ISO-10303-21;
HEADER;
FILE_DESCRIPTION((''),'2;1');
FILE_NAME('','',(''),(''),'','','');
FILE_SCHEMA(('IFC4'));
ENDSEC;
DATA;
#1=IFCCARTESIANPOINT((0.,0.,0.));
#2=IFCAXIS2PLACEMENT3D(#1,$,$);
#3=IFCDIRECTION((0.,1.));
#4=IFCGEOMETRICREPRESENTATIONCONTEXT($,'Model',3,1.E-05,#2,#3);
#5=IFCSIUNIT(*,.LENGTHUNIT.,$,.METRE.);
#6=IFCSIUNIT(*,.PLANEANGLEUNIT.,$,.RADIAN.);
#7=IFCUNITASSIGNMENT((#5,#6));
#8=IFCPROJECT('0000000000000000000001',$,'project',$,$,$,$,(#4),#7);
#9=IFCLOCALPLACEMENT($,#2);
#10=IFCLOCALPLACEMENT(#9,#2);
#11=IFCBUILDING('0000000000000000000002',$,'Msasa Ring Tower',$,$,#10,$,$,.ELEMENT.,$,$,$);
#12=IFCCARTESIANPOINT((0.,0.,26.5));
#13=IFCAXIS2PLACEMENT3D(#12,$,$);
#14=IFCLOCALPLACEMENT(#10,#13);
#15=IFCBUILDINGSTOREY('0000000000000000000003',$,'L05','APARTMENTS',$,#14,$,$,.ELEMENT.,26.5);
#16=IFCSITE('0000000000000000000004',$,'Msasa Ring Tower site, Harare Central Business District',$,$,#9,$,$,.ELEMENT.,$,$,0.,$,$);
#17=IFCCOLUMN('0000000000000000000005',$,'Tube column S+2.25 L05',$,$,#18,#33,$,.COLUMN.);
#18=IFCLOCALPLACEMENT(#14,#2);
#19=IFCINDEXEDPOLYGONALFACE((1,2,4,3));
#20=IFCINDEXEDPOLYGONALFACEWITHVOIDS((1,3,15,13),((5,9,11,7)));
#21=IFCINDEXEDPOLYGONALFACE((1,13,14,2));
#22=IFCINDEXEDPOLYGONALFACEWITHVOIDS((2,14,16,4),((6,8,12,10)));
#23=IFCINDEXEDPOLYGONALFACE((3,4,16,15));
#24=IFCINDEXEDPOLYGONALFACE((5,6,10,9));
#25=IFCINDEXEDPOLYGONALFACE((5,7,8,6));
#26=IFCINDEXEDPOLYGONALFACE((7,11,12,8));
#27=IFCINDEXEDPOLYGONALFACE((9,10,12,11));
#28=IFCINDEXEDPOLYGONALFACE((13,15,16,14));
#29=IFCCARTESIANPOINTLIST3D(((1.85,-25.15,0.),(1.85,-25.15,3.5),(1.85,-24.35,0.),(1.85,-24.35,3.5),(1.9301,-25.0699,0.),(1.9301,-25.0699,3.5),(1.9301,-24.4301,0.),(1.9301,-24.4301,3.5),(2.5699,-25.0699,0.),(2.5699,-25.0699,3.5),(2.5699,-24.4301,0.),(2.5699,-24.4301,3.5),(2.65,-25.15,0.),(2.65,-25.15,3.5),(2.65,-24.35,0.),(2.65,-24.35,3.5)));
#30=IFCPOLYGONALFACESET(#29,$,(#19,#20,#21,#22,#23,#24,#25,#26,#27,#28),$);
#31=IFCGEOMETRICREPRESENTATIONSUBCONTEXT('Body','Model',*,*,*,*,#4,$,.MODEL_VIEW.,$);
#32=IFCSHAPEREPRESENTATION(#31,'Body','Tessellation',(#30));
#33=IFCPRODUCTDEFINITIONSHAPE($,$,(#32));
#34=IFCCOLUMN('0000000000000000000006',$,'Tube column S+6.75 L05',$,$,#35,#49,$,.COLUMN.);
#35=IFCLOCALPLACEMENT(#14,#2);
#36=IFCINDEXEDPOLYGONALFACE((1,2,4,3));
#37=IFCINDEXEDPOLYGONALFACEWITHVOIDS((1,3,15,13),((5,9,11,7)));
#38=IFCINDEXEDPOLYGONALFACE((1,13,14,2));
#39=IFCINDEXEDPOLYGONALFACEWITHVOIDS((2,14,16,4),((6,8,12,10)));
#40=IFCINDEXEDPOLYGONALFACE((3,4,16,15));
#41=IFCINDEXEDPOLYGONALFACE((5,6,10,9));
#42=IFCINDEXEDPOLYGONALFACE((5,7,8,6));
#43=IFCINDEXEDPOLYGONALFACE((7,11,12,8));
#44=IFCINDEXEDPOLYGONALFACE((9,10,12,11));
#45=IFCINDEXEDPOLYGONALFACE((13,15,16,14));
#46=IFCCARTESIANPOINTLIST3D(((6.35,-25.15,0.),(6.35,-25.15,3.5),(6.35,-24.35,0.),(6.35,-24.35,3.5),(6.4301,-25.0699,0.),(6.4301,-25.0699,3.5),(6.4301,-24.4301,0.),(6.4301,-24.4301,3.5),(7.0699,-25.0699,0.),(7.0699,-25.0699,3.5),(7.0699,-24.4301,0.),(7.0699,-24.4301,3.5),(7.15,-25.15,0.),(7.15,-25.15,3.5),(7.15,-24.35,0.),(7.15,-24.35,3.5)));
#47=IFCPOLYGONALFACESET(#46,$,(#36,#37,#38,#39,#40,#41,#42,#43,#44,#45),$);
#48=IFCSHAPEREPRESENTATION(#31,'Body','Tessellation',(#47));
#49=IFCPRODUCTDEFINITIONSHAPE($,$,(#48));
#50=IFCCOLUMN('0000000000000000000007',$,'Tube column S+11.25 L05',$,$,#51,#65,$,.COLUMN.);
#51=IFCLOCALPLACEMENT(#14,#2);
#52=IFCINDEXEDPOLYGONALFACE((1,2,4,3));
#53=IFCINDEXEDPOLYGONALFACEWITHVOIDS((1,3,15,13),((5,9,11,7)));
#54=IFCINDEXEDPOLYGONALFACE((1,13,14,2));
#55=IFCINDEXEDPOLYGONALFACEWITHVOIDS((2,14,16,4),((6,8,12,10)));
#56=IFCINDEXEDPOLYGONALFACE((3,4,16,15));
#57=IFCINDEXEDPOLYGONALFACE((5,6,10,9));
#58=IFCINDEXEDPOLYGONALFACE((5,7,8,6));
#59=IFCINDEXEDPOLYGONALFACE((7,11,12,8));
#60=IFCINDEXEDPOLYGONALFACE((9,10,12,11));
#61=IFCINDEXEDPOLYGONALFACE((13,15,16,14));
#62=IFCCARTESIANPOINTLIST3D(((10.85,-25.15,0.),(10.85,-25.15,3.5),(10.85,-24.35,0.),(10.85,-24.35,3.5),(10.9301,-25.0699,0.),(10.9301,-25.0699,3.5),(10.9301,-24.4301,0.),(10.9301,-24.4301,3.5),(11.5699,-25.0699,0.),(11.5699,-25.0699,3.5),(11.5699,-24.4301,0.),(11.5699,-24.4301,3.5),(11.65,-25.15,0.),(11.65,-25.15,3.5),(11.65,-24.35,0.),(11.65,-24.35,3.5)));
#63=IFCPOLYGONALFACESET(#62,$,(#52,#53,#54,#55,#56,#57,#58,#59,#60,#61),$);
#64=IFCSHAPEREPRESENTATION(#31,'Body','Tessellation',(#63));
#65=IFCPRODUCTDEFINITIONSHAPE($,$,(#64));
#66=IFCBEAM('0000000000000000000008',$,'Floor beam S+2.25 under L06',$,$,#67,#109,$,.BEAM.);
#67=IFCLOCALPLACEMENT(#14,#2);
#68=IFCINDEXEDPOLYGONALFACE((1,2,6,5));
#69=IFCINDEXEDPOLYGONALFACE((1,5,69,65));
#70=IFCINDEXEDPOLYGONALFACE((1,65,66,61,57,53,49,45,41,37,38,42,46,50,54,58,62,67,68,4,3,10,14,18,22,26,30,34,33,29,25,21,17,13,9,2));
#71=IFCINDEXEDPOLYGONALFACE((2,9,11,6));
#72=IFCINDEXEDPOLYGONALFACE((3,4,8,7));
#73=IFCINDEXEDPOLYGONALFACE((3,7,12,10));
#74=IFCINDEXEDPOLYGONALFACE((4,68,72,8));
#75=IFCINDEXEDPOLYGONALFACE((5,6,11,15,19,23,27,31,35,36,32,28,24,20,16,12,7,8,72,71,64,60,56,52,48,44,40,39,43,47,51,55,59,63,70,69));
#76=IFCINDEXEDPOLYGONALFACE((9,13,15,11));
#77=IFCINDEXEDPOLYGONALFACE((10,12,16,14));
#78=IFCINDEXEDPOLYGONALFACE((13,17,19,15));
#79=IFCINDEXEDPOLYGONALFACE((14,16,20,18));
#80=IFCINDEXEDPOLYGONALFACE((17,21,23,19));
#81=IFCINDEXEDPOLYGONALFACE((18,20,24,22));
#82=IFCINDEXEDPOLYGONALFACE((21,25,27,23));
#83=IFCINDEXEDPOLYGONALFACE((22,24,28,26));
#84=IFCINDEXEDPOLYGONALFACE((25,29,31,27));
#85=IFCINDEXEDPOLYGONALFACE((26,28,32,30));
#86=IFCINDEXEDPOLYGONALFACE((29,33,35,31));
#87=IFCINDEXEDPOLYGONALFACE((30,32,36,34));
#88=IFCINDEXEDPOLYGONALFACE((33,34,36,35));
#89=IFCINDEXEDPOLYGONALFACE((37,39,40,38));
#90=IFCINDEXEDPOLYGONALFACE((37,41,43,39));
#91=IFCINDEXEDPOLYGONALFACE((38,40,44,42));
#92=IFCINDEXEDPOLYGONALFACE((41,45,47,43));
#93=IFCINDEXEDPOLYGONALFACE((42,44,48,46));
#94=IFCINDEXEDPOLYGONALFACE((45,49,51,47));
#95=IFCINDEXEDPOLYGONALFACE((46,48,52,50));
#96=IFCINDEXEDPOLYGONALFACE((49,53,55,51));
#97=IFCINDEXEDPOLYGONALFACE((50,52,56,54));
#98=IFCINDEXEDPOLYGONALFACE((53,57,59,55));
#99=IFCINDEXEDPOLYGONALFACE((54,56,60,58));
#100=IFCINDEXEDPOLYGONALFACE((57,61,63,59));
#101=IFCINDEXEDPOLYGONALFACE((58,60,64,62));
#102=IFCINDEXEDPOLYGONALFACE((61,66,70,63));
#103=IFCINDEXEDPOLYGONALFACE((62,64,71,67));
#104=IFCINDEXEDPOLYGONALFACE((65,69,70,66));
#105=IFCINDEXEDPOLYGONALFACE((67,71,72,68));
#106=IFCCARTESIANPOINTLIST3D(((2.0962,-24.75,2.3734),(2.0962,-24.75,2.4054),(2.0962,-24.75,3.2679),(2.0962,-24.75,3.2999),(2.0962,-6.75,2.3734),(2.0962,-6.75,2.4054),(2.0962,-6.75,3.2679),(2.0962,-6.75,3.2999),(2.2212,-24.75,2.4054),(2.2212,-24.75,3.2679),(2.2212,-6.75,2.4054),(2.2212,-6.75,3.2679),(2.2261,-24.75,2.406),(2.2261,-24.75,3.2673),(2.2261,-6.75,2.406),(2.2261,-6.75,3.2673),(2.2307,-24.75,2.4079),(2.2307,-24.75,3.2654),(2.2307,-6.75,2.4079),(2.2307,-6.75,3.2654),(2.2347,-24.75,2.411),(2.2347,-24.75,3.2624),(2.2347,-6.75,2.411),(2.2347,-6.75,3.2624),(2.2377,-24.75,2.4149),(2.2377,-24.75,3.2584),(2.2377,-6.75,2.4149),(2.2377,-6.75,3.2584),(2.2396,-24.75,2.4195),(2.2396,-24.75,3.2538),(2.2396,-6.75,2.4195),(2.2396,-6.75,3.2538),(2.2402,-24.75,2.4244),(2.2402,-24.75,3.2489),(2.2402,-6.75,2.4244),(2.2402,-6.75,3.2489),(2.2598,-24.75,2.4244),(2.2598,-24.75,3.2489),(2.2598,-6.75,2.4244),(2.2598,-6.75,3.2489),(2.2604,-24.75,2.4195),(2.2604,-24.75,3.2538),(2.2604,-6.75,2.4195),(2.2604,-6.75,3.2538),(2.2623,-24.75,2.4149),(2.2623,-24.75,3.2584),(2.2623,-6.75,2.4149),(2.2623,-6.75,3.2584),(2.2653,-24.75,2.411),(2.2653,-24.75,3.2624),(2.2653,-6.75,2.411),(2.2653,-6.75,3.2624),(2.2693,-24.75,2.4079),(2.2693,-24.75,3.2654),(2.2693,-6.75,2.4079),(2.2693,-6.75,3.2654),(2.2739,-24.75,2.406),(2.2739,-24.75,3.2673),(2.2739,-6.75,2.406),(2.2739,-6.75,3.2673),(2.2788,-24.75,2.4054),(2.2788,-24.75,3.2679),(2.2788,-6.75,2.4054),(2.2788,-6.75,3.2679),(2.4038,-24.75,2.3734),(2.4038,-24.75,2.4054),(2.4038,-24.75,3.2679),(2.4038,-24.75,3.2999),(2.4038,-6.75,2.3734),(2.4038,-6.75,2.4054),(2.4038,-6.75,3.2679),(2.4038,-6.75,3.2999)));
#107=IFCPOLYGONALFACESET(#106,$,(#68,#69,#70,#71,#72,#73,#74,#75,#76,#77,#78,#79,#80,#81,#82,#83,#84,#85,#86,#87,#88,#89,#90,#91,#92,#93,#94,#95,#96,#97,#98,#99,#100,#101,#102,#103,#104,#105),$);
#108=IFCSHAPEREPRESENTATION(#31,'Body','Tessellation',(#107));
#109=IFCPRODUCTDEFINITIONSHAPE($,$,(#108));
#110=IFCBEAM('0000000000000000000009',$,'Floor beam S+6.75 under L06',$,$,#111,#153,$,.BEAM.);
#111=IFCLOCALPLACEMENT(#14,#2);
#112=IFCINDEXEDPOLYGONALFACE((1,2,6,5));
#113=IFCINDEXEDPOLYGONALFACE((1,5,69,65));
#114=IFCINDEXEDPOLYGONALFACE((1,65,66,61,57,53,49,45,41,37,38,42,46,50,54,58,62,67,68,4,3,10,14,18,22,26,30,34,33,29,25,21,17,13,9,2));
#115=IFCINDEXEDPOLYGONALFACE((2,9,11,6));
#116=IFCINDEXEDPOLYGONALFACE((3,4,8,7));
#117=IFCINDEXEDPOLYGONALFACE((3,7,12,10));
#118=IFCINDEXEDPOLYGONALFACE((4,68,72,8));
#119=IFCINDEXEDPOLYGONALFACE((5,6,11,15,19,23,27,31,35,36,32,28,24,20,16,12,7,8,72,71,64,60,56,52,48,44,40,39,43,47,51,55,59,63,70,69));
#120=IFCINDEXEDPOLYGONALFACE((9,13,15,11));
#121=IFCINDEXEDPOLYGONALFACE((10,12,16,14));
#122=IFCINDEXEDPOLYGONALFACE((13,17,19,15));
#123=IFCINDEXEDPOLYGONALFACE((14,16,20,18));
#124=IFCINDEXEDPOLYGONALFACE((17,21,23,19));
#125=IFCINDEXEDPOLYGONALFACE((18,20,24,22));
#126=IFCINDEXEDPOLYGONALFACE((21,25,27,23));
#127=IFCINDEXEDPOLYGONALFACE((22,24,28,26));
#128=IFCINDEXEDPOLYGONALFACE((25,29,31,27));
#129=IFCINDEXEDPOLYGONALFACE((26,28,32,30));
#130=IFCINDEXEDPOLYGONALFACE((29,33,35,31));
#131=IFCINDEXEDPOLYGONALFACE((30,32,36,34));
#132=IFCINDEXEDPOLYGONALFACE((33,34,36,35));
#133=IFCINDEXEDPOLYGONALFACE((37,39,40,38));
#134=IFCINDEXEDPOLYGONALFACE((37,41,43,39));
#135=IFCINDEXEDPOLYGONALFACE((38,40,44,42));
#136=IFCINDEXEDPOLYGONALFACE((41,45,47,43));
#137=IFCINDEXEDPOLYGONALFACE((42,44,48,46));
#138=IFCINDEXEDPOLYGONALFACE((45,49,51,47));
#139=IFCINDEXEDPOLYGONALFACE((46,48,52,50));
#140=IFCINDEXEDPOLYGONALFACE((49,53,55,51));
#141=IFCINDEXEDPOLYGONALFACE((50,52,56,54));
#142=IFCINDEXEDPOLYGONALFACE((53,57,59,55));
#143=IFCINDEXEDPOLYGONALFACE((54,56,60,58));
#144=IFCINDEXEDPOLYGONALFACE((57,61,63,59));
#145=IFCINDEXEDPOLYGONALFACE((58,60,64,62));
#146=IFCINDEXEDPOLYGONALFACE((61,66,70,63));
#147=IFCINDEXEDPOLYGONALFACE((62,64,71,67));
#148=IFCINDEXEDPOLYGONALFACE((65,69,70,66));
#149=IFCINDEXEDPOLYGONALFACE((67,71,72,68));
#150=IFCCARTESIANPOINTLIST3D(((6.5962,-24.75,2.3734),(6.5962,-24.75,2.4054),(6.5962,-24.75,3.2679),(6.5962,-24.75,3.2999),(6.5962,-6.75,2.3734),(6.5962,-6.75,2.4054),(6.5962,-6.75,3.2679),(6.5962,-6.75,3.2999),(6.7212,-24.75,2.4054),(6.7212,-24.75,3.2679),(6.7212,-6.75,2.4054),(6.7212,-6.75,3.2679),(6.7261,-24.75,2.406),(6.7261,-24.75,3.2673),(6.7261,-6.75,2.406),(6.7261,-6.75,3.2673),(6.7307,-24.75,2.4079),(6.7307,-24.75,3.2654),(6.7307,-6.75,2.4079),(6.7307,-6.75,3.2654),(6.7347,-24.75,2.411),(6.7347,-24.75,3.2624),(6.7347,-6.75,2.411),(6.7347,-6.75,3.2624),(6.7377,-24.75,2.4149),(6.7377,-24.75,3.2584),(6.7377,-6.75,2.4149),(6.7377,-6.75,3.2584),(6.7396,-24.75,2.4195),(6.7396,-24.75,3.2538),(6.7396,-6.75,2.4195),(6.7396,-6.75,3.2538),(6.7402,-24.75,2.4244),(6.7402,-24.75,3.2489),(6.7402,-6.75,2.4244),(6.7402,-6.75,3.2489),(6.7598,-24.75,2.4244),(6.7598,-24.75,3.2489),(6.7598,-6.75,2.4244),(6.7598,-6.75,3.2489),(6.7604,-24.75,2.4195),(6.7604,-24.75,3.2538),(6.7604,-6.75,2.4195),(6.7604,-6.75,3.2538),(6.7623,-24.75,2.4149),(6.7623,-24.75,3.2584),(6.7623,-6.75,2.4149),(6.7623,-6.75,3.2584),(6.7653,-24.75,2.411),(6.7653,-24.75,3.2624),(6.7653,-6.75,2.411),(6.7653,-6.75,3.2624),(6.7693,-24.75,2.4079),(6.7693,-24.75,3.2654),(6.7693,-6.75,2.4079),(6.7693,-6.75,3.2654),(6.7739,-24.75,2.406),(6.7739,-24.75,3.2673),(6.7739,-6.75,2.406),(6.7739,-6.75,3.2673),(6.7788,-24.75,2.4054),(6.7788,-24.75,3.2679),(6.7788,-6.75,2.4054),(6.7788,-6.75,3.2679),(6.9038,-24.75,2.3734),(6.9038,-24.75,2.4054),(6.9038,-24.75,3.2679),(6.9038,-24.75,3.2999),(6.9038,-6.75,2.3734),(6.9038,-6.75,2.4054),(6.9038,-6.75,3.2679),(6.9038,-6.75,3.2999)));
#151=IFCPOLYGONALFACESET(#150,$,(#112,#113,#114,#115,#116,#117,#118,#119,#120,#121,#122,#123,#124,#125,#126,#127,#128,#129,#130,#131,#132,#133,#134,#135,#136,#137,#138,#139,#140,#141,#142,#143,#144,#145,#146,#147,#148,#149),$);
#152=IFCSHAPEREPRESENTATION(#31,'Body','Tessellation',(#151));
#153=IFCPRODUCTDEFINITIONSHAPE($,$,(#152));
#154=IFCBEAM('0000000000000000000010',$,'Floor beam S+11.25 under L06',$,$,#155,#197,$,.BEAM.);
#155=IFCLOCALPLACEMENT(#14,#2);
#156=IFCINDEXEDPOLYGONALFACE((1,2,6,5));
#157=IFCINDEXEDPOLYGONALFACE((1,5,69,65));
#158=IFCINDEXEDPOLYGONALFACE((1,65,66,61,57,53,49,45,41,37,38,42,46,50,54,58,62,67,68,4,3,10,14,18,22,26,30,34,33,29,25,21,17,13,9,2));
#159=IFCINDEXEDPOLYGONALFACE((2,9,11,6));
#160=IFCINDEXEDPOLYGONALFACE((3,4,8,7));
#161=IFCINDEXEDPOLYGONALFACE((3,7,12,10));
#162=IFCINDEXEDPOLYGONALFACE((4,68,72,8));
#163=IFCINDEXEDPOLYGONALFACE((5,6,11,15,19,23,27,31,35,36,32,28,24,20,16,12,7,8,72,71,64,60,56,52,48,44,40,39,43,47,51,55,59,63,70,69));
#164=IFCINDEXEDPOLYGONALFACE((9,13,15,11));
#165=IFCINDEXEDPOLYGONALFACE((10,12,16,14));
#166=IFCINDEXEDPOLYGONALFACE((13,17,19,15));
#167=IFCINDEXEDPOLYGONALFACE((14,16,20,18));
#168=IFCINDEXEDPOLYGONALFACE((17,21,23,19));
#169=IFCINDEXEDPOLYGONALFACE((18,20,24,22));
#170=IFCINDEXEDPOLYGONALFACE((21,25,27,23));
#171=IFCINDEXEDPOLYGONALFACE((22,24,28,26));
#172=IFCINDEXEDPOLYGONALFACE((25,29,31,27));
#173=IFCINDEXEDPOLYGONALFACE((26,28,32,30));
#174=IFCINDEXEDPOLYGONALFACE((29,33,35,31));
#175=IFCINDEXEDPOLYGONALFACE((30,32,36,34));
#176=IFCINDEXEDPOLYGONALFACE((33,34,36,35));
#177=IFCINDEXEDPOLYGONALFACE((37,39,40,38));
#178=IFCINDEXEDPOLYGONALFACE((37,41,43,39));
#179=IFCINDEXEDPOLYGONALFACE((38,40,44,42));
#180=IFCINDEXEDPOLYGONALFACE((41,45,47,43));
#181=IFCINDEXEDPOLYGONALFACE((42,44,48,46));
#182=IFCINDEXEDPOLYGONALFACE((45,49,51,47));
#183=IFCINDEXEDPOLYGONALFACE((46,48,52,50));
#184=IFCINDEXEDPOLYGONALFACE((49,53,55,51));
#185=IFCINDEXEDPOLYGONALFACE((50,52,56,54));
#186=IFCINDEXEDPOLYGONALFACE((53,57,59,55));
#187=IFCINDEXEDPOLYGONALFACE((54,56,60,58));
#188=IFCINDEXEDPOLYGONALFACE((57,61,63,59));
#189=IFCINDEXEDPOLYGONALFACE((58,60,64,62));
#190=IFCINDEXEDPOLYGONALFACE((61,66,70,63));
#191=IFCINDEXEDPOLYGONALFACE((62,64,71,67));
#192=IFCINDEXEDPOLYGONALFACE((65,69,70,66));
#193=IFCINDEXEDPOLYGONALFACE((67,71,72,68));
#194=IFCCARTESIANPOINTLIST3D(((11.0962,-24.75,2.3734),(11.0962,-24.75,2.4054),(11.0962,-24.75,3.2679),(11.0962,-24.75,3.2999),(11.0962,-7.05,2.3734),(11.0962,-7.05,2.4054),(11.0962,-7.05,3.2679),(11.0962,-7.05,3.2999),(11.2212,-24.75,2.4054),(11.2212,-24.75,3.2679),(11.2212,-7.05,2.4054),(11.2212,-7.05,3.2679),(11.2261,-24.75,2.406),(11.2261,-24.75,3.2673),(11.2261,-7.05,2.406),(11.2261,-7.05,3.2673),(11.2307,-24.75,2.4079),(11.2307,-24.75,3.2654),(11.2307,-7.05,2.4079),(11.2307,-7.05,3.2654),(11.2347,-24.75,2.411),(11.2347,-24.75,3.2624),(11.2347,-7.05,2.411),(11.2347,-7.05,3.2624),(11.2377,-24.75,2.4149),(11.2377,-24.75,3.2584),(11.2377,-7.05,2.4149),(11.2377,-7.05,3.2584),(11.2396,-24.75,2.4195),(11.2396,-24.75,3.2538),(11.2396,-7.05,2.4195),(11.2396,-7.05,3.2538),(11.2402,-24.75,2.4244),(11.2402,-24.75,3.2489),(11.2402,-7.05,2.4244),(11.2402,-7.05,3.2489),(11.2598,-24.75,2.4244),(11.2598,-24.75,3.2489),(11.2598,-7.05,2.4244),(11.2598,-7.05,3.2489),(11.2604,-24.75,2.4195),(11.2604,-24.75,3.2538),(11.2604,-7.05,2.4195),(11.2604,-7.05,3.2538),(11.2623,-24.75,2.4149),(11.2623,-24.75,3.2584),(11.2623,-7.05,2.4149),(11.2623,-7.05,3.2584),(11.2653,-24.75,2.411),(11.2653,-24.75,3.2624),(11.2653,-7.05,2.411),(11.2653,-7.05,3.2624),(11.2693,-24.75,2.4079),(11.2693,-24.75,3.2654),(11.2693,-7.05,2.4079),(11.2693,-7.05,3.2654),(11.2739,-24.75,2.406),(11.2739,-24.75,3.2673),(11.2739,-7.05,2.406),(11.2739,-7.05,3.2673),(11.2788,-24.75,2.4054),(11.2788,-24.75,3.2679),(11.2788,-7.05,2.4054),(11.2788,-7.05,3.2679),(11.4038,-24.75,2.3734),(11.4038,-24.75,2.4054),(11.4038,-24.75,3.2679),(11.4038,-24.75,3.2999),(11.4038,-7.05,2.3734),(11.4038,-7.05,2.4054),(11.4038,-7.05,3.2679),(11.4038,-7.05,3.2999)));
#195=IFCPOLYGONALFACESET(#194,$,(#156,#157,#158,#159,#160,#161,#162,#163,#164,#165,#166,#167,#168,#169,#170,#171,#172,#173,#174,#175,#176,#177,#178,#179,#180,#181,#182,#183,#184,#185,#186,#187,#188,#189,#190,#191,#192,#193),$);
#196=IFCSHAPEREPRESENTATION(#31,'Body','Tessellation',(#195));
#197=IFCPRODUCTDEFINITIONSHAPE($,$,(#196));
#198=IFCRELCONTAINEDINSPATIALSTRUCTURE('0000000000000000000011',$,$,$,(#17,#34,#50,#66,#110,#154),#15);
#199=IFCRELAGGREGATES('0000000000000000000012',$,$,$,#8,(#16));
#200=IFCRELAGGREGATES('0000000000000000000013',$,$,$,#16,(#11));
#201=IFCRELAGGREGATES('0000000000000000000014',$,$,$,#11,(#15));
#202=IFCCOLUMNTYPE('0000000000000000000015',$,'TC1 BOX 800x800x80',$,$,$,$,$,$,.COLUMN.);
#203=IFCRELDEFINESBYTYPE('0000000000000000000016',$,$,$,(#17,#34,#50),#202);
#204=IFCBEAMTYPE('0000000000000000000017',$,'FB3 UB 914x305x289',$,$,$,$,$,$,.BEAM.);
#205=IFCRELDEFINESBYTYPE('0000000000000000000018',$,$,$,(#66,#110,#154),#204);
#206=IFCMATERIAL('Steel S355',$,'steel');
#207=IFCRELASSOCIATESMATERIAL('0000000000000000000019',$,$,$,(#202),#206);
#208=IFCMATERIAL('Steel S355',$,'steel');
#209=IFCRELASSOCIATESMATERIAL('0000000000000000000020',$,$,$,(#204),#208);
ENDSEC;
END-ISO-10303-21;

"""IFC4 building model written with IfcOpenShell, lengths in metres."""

from ifc_helpers import new_model, si_unit, direction, frame, origin, origin_2d, place, context, subcontext, project, spatial, hollow_rectangle, i_section, extrude, material, material_profile, profile_set, type_object, element, save


model = new_model("IFC4")

# Units and contexts
model_context = context("Model", 3, precision=1e-05, world=origin(), true_north=direction((0.0, 1.0)))
body_context = subcontext(model_context, "Body", "Model", "MODEL_VIEW")
ifc_project = project(units=[si_unit("LENGTHUNIT", "METRE"), si_unit("PLANEANGLEUNIT", "RADIAN")], contexts=[model_context])

# Site, building, storey
site_placement = place(None, origin())
site = spatial("IfcSite", under=ifc_project, at=site_placement, Name="Msasa Ring Tower site, Harare Central Business District", CompositionType="ELEMENT", RefElevation=0.0)
building_placement = place(site_placement, origin())
building = spatial("IfcBuilding", under=site, at=building_placement, Name="Msasa Ring Tower", CompositionType="ELEMENT")
storey_placement = place(building_placement, frame((0.0, 0.0, 26.5)))
storey = spatial("IfcBuildingStorey", under=building, at=storey_placement, Name="L05", Description="APARTMENTS", CompositionType="ELEMENT", Elevation=26.5)

# Columns
ifc_material_1 = material(Name="Steel S355", Category="steel")
ifc_material_profile_1 = material_profile(ifc_material_1, hollow_rectangle(XDim=0.8, YDim=0.8, WallThickness=0.0801, at=origin_2d()), Name="BOX 800x800x80")
ifc_profile_set_1 = profile_set([ifc_material_profile_1], Name="Steel S355")
column_type = type_object("IfcColumnType", Name="TC1 BOX 800x800x80", PredefinedType="COLUMN", material=ifc_profile_set_1)
for number, where, z_axis, x_axis, name in (
    (1, (2.25, -24.75, 0.0), (0.0, 0.0, 1.0), (0.0, 1.0, 0.0), "Tube column S+2.25 L05"),
    (2, (6.75, -24.75, 0.0), (0.0, 0.0, 1.0), (0.0, 1.0, 0.0), "Tube column S+6.75 L05"),
    (3, (11.25, -24.75, 0.0), (0.0, 0.0, 1.0), (0.0, 1.0, 0.0), "Tube column S+11.25 L05"),
):
    element("IfcColumn", number, at=place(storey_placement, frame(where, z_axis=z_axis, x_axis=x_axis)), inside=storey, type_object=column_type, Name=name, PredefinedType="COLUMN", context=body_context, shape_type="SweptSolid", body=[
        extrude(hollow_rectangle(XDim=0.8, YDim=0.8, WallThickness=0.0801, at=origin_2d()), origin(), (0.0, 0.0, 1.0), 3.5),
    ])

# Beams
ifc_material_2 = material(Name="Steel S355", Category="steel")
ifc_material_profile_2 = material_profile(ifc_material_2, i_section(OverallWidth=0.3076, OverallDepth=0.9265, WebThickness=0.0195, FlangeThickness=0.032, FilletRadius=0.019, at=origin_2d()), Name="UB 914x305x289")
ifc_profile_set_2 = profile_set([ifc_material_profile_2], Name="Steel S355")
beam_type_1 = type_object("IfcBeamType", Name="FB3 UB 914x305x289", PredefinedType="BEAM", material=ifc_profile_set_2)
for number, where, z_axis, x_axis, name in (
    (4, (2.25, -24.75, 2.8367), (0.0, 1.0, 0.0), (-1.0, 0.0, 0.0), "Floor beam S+2.25 under L06"),
    (5, (6.75, -24.75, 2.8367), (0.0, 1.0, 0.0), (-1.0, 0.0, 0.0), "Floor beam S+6.75 under L06"),
):
    element("IfcBeam", number, at=place(storey_placement, frame(where, z_axis=z_axis, x_axis=x_axis)), inside=storey, type_object=beam_type_1, Name=name, PredefinedType="BEAM", context=body_context, shape_type="SweptSolid", body=[
        extrude(i_section(OverallWidth=0.3076, OverallDepth=0.9265, WebThickness=0.0195, FlangeThickness=0.032, FilletRadius=0.019, at=origin_2d()), origin(), (0.0, 0.0, 1.0), 18.0),
    ])
beam_placement = place(storey_placement, frame((11.25, -24.75, 2.8367), z_axis=(0.0, 1.0, 0.0), x_axis=(-1.0, 0.0, 0.0)))
element("IfcBeam", 6, at=beam_placement, inside=storey, type_object=beam_type_1, Name="Floor beam S+11.25 under L06", PredefinedType="BEAM", context=body_context, shape_type="SweptSolid", body=[
    extrude(i_section(OverallWidth=0.3076, OverallDepth=0.9265, WebThickness=0.0195, FlangeThickness=0.032, FilletRadius=0.019, at=origin_2d()), origin(), (0.0, 0.0, 1.0), 17.7),
])

save(model, "model.ifc")
